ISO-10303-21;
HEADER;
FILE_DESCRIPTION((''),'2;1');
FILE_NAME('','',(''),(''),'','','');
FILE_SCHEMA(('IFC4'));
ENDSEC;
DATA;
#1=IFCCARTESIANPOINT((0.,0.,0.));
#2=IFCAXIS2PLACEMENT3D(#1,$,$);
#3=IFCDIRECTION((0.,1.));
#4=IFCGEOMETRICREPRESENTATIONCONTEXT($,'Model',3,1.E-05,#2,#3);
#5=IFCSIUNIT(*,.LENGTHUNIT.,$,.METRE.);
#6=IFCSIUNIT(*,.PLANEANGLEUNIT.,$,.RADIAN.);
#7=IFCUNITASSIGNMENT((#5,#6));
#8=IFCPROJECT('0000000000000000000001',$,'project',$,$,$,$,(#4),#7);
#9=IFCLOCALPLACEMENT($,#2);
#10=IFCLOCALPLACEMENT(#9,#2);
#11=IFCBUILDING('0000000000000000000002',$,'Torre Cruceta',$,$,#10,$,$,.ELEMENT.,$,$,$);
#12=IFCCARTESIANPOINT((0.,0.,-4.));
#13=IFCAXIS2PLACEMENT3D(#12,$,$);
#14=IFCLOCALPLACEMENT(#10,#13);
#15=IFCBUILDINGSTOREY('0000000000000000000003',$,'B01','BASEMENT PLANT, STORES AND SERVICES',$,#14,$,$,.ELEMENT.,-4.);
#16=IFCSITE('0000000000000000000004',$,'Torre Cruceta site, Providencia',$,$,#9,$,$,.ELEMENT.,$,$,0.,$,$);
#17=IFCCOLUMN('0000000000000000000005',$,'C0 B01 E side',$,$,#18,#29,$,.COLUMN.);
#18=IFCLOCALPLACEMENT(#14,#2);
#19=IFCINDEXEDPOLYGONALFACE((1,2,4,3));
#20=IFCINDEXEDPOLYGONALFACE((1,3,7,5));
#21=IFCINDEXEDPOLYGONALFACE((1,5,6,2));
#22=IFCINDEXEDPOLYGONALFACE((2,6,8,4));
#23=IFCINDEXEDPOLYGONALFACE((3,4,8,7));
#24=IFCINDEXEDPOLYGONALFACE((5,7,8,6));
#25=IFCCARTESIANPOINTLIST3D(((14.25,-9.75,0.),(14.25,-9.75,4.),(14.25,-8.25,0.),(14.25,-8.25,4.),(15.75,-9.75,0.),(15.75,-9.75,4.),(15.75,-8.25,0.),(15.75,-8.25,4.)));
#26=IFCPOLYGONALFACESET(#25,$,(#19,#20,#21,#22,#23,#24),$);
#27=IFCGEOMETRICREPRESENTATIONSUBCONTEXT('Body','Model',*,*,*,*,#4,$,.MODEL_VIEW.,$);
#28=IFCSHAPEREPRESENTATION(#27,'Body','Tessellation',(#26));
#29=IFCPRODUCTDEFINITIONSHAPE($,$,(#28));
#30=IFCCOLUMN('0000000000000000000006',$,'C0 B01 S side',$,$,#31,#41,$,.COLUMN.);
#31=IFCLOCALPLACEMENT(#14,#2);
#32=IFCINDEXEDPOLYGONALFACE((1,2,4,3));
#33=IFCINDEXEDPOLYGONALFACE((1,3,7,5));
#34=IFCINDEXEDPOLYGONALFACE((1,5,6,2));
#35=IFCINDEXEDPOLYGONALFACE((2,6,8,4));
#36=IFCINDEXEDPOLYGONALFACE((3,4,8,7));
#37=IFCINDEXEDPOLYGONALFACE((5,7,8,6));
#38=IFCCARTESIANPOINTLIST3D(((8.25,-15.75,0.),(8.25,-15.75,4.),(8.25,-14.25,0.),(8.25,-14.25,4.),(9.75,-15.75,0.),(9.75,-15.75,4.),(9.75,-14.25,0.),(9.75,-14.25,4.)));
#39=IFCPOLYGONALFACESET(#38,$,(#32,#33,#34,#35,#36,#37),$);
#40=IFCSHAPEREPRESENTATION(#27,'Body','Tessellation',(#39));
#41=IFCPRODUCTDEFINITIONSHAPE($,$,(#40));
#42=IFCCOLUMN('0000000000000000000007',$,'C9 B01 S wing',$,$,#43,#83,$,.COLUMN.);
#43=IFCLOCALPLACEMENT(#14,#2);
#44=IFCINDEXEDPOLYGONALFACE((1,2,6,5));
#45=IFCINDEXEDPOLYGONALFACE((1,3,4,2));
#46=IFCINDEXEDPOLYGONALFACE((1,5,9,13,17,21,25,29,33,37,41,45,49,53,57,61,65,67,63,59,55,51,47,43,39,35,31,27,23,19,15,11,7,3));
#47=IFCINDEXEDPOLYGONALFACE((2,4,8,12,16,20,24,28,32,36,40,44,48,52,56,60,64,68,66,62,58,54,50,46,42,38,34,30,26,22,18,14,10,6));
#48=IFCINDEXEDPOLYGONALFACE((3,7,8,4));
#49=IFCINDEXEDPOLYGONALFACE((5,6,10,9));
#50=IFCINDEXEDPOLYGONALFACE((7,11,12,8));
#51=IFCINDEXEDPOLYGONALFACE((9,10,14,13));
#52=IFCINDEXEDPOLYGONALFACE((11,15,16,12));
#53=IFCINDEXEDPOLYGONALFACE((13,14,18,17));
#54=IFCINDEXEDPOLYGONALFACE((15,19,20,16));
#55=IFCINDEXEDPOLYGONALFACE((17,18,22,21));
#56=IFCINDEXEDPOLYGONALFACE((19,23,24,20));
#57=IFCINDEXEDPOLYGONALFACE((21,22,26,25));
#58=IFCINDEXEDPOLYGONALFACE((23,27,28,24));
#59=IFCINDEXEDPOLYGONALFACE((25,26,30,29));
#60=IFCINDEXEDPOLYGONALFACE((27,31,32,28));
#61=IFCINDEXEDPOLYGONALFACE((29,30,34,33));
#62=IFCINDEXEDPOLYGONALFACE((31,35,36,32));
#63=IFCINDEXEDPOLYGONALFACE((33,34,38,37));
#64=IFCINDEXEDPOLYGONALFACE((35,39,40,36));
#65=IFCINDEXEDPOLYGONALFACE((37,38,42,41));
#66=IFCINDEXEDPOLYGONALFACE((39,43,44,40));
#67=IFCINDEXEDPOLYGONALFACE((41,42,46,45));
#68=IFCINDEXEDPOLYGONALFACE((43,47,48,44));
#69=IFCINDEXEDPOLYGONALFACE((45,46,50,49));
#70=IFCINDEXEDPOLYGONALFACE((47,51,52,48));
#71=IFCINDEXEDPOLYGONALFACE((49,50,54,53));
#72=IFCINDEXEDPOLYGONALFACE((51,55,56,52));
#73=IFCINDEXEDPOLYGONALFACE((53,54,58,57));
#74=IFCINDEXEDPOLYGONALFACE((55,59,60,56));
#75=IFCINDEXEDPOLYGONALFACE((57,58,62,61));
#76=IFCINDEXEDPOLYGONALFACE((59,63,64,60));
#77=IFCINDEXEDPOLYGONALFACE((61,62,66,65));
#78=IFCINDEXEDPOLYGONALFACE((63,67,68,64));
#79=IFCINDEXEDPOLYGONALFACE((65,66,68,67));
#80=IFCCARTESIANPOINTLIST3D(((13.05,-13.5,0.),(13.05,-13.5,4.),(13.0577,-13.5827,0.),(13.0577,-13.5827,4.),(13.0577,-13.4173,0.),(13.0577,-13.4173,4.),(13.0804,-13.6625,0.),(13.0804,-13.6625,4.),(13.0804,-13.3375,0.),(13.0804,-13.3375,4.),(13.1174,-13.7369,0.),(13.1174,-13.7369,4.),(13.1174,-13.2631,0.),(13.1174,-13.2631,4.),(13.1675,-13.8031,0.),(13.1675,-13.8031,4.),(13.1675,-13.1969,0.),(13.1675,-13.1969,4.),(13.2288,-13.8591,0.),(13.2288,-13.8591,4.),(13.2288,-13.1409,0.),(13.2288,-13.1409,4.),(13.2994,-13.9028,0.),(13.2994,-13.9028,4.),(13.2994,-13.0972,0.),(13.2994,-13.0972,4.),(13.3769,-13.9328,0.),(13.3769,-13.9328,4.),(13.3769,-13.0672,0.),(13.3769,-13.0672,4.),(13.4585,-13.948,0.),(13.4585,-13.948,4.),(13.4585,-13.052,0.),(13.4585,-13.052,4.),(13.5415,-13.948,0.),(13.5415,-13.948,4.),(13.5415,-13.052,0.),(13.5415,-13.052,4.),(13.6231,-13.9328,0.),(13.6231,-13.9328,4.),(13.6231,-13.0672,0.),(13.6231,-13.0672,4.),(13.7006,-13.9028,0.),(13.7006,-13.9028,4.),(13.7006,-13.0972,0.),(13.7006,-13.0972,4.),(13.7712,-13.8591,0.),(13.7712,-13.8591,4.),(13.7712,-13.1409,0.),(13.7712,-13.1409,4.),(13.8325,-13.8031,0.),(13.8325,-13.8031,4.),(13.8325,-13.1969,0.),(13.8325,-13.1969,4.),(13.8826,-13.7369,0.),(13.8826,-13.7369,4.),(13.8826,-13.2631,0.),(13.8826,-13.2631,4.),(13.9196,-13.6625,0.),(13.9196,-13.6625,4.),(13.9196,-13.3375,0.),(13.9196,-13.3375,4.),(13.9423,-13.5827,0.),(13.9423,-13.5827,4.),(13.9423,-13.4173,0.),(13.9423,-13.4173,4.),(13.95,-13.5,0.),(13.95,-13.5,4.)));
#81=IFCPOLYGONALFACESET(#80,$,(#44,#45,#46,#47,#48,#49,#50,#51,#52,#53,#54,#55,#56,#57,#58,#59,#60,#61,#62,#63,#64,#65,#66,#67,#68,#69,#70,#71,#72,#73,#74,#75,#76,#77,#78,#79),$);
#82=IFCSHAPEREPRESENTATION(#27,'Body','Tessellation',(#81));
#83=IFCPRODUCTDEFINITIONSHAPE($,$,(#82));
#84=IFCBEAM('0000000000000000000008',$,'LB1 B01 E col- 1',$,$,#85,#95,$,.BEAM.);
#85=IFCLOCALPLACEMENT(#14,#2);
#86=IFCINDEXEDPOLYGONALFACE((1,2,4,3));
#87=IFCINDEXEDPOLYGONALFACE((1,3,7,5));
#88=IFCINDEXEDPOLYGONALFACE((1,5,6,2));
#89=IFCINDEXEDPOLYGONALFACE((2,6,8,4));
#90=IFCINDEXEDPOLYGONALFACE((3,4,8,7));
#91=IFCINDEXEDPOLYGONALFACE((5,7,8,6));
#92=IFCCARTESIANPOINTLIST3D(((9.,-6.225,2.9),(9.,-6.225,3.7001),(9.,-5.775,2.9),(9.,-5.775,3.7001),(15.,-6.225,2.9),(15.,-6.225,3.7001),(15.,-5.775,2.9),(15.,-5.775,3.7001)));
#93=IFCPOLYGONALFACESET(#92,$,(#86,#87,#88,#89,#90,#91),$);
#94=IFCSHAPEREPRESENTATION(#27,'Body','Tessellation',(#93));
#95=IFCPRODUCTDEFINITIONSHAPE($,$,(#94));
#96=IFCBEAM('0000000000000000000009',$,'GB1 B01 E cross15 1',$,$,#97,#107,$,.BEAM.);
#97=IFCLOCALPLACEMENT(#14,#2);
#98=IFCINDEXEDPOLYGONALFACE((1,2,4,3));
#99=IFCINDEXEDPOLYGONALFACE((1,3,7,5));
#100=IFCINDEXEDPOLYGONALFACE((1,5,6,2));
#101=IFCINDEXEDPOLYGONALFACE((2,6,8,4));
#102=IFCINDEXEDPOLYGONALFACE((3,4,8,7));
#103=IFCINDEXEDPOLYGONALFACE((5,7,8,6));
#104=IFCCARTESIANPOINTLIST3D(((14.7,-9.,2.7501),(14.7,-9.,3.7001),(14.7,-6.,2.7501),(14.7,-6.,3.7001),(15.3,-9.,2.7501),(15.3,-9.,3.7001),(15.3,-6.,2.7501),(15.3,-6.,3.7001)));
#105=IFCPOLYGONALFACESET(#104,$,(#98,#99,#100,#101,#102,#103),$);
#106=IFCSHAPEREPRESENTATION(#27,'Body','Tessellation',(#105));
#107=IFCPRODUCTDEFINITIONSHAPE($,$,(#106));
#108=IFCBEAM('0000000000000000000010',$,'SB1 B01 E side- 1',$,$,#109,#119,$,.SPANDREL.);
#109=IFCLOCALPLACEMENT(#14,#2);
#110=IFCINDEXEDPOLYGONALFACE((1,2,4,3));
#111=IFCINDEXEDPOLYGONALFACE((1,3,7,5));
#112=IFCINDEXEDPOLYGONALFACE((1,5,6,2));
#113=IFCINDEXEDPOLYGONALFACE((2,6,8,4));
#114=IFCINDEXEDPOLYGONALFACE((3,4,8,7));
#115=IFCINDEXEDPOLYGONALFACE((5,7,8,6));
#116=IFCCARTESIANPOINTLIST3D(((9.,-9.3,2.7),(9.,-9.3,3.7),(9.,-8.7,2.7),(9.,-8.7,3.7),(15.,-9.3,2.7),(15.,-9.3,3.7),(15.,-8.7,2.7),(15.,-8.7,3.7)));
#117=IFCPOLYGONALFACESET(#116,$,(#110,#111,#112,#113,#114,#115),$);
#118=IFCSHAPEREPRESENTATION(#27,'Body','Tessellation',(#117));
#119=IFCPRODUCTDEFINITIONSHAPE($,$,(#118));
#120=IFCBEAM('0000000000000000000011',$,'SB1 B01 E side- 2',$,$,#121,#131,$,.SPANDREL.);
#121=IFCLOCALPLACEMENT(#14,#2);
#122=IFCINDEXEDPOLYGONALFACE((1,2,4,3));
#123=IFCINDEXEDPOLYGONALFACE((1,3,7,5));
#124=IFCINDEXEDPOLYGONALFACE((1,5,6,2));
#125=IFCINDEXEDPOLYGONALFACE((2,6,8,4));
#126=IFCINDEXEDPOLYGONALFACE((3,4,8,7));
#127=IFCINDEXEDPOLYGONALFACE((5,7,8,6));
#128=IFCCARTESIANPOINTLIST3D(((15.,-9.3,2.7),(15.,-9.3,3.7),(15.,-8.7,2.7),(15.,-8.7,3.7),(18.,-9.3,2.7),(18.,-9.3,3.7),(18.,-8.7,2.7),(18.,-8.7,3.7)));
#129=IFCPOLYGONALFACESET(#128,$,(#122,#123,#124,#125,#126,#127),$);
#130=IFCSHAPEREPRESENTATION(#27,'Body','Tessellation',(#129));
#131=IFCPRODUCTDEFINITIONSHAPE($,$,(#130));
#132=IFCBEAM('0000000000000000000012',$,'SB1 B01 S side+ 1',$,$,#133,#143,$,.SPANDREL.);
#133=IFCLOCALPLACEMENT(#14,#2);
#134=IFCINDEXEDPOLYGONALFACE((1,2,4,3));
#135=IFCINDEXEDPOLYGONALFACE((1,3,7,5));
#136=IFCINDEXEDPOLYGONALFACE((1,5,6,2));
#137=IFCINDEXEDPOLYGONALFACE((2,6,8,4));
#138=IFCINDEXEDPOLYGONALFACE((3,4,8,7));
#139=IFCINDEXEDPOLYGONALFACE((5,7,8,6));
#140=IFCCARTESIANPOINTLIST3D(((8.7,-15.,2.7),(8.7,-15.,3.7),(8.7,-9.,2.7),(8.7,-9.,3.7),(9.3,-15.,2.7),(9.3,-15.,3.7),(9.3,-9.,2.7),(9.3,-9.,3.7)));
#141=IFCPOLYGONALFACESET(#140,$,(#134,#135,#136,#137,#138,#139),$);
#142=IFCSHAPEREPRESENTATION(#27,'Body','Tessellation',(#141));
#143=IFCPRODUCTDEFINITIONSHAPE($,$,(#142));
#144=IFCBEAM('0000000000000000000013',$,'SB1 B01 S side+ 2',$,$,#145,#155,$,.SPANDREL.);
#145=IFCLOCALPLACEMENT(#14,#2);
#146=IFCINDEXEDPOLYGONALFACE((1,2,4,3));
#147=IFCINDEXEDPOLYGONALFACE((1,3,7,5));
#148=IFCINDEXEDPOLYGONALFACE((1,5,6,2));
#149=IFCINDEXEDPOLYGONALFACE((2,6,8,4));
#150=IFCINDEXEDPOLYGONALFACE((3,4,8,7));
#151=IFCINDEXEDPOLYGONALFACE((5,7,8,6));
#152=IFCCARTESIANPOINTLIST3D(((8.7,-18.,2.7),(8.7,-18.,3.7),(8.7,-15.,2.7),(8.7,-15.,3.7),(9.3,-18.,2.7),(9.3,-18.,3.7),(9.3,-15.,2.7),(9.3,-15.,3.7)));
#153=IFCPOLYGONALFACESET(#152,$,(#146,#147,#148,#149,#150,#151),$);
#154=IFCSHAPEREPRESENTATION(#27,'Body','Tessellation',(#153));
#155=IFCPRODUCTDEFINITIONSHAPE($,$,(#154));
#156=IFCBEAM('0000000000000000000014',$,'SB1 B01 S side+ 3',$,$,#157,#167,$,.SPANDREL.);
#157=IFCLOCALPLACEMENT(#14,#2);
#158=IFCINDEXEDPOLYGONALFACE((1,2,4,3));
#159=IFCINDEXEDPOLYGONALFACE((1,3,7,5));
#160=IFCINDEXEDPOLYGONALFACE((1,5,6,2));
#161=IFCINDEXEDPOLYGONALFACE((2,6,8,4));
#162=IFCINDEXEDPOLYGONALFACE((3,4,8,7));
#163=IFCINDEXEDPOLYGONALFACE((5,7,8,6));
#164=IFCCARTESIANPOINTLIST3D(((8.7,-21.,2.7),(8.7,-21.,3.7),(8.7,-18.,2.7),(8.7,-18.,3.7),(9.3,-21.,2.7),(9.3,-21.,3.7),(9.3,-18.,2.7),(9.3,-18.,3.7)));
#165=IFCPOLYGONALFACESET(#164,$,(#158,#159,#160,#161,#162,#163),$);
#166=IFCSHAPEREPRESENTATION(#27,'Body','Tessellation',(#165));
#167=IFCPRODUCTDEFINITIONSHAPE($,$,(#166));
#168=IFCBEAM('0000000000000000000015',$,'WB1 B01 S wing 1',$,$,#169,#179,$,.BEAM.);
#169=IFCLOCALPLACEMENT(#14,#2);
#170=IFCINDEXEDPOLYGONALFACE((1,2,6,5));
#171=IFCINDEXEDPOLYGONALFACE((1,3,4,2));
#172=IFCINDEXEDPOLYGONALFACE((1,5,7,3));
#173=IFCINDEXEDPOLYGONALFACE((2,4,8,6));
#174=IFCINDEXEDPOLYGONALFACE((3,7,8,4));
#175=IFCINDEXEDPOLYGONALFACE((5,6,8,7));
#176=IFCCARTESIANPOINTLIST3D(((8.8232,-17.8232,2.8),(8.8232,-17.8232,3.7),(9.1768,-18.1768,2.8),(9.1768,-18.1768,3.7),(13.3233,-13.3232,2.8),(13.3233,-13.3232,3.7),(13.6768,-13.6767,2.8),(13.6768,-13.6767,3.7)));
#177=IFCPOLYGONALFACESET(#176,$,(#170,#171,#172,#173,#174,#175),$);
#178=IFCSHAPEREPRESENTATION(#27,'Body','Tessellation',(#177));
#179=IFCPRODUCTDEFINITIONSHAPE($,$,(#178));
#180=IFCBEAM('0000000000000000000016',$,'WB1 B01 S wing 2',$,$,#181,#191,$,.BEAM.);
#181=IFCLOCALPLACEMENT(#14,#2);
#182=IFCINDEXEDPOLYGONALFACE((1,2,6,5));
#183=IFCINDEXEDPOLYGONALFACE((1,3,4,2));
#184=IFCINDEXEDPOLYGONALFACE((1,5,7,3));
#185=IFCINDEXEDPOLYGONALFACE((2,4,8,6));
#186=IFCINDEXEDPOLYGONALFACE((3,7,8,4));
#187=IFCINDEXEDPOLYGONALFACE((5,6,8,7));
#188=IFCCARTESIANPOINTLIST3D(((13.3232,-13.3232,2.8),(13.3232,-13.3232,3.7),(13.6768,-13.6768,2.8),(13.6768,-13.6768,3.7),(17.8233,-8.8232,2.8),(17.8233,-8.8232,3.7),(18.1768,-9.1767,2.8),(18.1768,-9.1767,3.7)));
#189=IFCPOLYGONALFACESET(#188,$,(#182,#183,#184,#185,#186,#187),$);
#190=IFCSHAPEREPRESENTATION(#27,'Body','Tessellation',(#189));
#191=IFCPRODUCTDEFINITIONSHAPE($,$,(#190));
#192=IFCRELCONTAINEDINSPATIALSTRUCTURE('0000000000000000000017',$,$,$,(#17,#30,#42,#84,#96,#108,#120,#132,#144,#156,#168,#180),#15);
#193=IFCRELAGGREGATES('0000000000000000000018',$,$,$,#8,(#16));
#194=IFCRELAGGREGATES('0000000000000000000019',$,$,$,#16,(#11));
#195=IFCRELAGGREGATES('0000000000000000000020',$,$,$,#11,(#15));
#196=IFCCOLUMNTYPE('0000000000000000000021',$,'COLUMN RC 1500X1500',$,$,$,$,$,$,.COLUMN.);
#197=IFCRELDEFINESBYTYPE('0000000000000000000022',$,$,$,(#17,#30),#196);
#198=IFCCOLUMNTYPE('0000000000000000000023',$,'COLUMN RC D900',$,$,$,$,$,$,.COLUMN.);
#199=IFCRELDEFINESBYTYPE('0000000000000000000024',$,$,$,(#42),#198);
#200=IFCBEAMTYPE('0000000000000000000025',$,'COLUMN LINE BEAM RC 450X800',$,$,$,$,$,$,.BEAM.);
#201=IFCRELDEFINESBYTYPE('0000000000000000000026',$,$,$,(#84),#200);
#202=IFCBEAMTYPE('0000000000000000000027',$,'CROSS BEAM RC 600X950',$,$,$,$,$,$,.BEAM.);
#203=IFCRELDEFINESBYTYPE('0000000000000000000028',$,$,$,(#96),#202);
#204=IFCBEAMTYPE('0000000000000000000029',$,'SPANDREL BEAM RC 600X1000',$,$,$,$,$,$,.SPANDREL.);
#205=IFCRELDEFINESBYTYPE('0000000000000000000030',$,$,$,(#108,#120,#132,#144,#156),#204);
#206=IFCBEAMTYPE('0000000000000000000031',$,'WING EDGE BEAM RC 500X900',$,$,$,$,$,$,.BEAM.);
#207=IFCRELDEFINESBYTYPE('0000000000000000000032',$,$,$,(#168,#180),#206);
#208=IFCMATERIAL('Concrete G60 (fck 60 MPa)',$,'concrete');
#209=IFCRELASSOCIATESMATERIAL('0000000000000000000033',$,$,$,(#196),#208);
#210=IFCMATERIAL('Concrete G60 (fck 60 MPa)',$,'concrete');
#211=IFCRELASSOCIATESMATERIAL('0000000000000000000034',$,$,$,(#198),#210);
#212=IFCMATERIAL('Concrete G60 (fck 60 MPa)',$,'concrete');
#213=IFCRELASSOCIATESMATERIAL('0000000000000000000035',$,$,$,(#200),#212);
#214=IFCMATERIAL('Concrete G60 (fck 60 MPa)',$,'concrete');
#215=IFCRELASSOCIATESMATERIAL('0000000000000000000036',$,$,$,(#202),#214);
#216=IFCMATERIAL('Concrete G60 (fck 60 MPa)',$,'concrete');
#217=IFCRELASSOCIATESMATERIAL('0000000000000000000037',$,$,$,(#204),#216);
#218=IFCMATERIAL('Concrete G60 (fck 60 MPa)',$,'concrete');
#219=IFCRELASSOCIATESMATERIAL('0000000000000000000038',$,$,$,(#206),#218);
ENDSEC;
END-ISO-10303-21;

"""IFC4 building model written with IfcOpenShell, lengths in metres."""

from ifc_helpers import new_model, si_unit, direction, frame, origin, origin_2d, place, context, subcontext, project, spatial, rectangle, circle, extrude, material, material_profile, profile_set, type_object, element, save


model = new_model("IFC4")

# Units and contexts
model_context = context("Model", 3, precision=1e-05, world=origin(), true_north=direction((0.0, 1.0)))
body_context = subcontext(model_context, "Body", "Model", "MODEL_VIEW")
ifc_project = project(units=[si_unit("LENGTHUNIT", "METRE"), si_unit("PLANEANGLEUNIT", "RADIAN")], contexts=[model_context])

# Site, building, storey
site_placement = place(None, origin())
site = spatial("IfcSite", under=ifc_project, at=site_placement, Name="Torre Cruceta site, Providencia", CompositionType="ELEMENT", RefElevation=0.0)
building_placement = place(site_placement, origin())
building = spatial("IfcBuilding", under=site, at=building_placement, Name="Torre Cruceta", CompositionType="ELEMENT")
storey_placement = place(building_placement, frame((0.0, 0.0, -4.0)))
storey = spatial("IfcBuildingStorey", under=building, at=storey_placement, Name="B01", Description="BASEMENT PLANT, STORES AND SERVICES", CompositionType="ELEMENT", Elevation=-4.0)

# Columns
ifc_material_1 = material(Name="Concrete G60 (fck 60 MPa)", Category="concrete")
ifc_material_profile_1 = material_profile(ifc_material_1, rectangle(XDim=1.5, YDim=1.5, at=origin_2d()), Name="RC 1500X1500")
ifc_profile_set_1 = profile_set([ifc_material_profile_1], Name="Concrete G60 (fck 60 MPa)")
column_type_1 = type_object("IfcColumnType", Name="COLUMN RC 1500X1500", PredefinedType="COLUMN", material=ifc_profile_set_1)
for number, where, z_axis, x_axis, name in (
    (1, (15.0, -9.0, 0.0), (0.0, 0.0, 1.0), (1.0, 0.0, 0.0), "C0 B01 E side"),
    (2, (9.0, -15.0, 0.0), (0.0, 0.0, 1.0), (1.0, 0.0, 0.0), "C0 B01 S side"),
):
    element("IfcColumn", number, at=place(storey_placement, frame(where, z_axis=z_axis, x_axis=x_axis)), inside=storey, type_object=column_type_1, Name=name, PredefinedType="COLUMN", context=body_context, shape_type="SweptSolid", body=[
        extrude(rectangle(XDim=1.5, YDim=1.5, at=origin_2d()), origin(), (0.0, 0.0, 1.0), 4.0),
    ])
ifc_material_2 = material(Name="Concrete G60 (fck 60 MPa)", Category="concrete")
ifc_material_profile_2 = material_profile(ifc_material_2, circle(Radius=0.45, at=origin_2d()), Name="RC D900")
ifc_profile_set_2 = profile_set([ifc_material_profile_2], Name="Concrete G60 (fck 60 MPa)")
column_type_2 = type_object("IfcColumnType", Name="COLUMN RC D900", PredefinedType="COLUMN", material=ifc_profile_set_2)
column_placement = place(storey_placement, frame((13.5, -13.5, 0.0), z_axis=(0.0, 0.0, 1.0), x_axis=(1.0, 0.0, 0.0)))
element("IfcColumn", 3, at=column_placement, inside=storey, type_object=column_type_2, Name="C9 B01 S wing", PredefinedType="COLUMN", context=body_context, shape_type="SweptSolid", body=[
    extrude(circle(Radius=0.45, at=origin_2d()), origin(), (0.0, 0.0, 1.0), 4.0),
])

# Beams
ifc_material_3 = material(Name="Concrete G60 (fck 60 MPa)", Category="concrete")
ifc_material_profile_3 = material_profile(ifc_material_3, rectangle(XDim=0.45, YDim=0.8, at=origin_2d()), Name="RC 450X800")
ifc_profile_set_3 = profile_set([ifc_material_profile_3], Name="Concrete G60 (fck 60 MPa)")
beam_type_1 = type_object("IfcBeamType", Name="COLUMN LINE BEAM RC 450X800", PredefinedType="BEAM", material=ifc_profile_set_3)
beam_1_placement = place(storey_placement, frame((9.0, -6.0, 3.3), z_axis=(1.0, 0.0, 0.0), x_axis=(0.0, 1.0, 0.0)))
element("IfcBeam", 4, at=beam_1_placement, inside=storey, type_object=beam_type_1, Name="LB1 B01 E col- 1", PredefinedType="BEAM", context=body_context, shape_type="SweptSolid", body=[
    extrude(rectangle(XDim=0.45, YDim=0.8, at=origin_2d()), origin(), (0.0, 0.0, 1.0), 6.0),
])
ifc_material_4 = material(Name="Concrete G60 (fck 60 MPa)", Category="concrete")
ifc_material_profile_4 = material_profile(ifc_material_4, rectangle(XDim=0.6001, YDim=0.95, at=origin_2d()), Name="RC 600X950")
ifc_profile_set_4 = profile_set([ifc_material_profile_4], Name="Concrete G60 (fck 60 MPa)")
beam_type_2 = type_object("IfcBeamType", Name="CROSS BEAM RC 600X950", PredefinedType="BEAM", material=ifc_profile_set_4)
beam_2_placement = place(storey_placement, frame((15.0, -9.0, 3.2251), z_axis=(0.0, 1.0, 0.0), x_axis=(-1.0, 0.0, 0.0)))
element("IfcBeam", 5, at=beam_2_placement, inside=storey, type_object=beam_type_2, Name="GB1 B01 E cross15 1", PredefinedType="BEAM", context=body_context, shape_type="SweptSolid", body=[
    extrude(rectangle(XDim=0.6001, YDim=0.95, at=origin_2d()), origin(), (0.0, 0.0, 1.0), 3.0),
])
ifc_material_5 = material(Name="Concrete G60 (fck 60 MPa)", Category="concrete")
ifc_material_profile_5 = material_profile(ifc_material_5, rectangle(XDim=0.6001, YDim=1.0, at=origin_2d()), Name="RC 600X1000")
ifc_profile_set_5 = profile_set([ifc_material_profile_5], Name="Concrete G60 (fck 60 MPa)")
beam_type_3 = type_object("IfcBeamType", Name="SPANDREL BEAM RC 600X1000", PredefinedType="SPANDREL", material=ifc_profile_set_5)
beam_3_placement = place(storey_placement, frame((9.0, -9.0, 3.2), z_axis=(1.0, 0.0, 0.0), x_axis=(0.0, 1.0, 0.0)))
element("IfcBeam", 6, at=beam_3_placement, inside=storey, type_object=beam_type_3, Name="SB1 B01 E side- 1", PredefinedType="SPANDREL", context=body_context, shape_type="SweptSolid", body=[
    extrude(rectangle(XDim=0.6001, YDim=1.0, at=origin_2d()), origin(), (0.0, 0.0, 1.0), 6.0),
])
beam_4_placement = place(storey_placement, frame((15.0, -9.0, 3.2), z_axis=(1.0, 0.0, 0.0), x_axis=(0.0, 1.0, 0.0)))
element("IfcBeam", 7, at=beam_4_placement, inside=storey, type_object=beam_type_3, Name="SB1 B01 E side- 2", PredefinedType="SPANDREL", context=body_context, shape_type="SweptSolid", body=[
    extrude(rectangle(XDim=0.6001, YDim=1.0, at=origin_2d()), origin(), (0.0, 0.0, 1.0), 3.0),
])
beam_5_placement = place(storey_placement, frame((9.0, -9.0, 3.2), z_axis=(0.0, -1.0, 0.0), x_axis=(1.0, 0.0, 0.0)))
element("IfcBeam", 8, at=beam_5_placement, inside=storey, type_object=beam_type_3, Name="SB1 B01 S side+ 1", PredefinedType="SPANDREL", context=body_context, shape_type="SweptSolid", body=[
    extrude(rectangle(XDim=0.6001, YDim=1.0, at=origin_2d()), origin(), (0.0, 0.0, 1.0), 6.0),
])
for number, where, z_axis, x_axis, name in (
    (9, (9.0, -15.0, 3.2), (0.0, -1.0, 0.0), (1.0, 0.0, 0.0), "SB1 B01 S side+ 2"),
    (10, (9.0, -18.0, 3.2), (0.0, -1.0, 0.0), (1.0, 0.0, 0.0), "SB1 B01 S side+ 3"),
):
    element("IfcBeam", number, at=place(storey_placement, frame(where, z_axis=z_axis, x_axis=x_axis)), inside=storey, type_object=beam_type_3, Name=name, PredefinedType="SPANDREL", context=body_context, shape_type="SweptSolid", body=[
        extrude(rectangle(XDim=0.6001, YDim=1.0, at=origin_2d()), origin(), (0.0, 0.0, 1.0), 3.0),
    ])
ifc_material_6 = material(Name="Concrete G60 (fck 60 MPa)", Category="concrete")
ifc_material_profile_6 = material_profile(ifc_material_6, rectangle(XDim=0.5, YDim=0.8999, at=origin_2d()), Name="RC 500X900")
ifc_profile_set_6 = profile_set([ifc_material_profile_6], Name="Concrete G60 (fck 60 MPa)")
beam_type_4 = type_object("IfcBeamType", Name="WING EDGE BEAM RC 500X900", PredefinedType="BEAM", material=ifc_profile_set_6)
for number, where, z_axis, x_axis, name in (
    (11, (9.0, -18.0, 3.25), (0.707107, 0.707107, 0.0), (-0.707107, 0.707107, 0.0), "WB1 B01 S wing 1"),
    (12, (13.5, -13.5, 3.25), (0.707107, 0.707107, 0.0), (-0.707107, 0.707107, 0.0), "WB1 B01 S wing 2"),
):
    element("IfcBeam", number, at=place(storey_placement, frame(where, z_axis=z_axis, x_axis=x_axis)), inside=storey, type_object=beam_type_4, Name=name, PredefinedType="BEAM", context=body_context, shape_type="SweptSolid", body=[
        extrude(rectangle(XDim=0.5, YDim=0.8999, at=origin_2d()), origin(), (0.0, 0.0, 1.0), 6.364),
    ])

save(model, "model.ifc")
